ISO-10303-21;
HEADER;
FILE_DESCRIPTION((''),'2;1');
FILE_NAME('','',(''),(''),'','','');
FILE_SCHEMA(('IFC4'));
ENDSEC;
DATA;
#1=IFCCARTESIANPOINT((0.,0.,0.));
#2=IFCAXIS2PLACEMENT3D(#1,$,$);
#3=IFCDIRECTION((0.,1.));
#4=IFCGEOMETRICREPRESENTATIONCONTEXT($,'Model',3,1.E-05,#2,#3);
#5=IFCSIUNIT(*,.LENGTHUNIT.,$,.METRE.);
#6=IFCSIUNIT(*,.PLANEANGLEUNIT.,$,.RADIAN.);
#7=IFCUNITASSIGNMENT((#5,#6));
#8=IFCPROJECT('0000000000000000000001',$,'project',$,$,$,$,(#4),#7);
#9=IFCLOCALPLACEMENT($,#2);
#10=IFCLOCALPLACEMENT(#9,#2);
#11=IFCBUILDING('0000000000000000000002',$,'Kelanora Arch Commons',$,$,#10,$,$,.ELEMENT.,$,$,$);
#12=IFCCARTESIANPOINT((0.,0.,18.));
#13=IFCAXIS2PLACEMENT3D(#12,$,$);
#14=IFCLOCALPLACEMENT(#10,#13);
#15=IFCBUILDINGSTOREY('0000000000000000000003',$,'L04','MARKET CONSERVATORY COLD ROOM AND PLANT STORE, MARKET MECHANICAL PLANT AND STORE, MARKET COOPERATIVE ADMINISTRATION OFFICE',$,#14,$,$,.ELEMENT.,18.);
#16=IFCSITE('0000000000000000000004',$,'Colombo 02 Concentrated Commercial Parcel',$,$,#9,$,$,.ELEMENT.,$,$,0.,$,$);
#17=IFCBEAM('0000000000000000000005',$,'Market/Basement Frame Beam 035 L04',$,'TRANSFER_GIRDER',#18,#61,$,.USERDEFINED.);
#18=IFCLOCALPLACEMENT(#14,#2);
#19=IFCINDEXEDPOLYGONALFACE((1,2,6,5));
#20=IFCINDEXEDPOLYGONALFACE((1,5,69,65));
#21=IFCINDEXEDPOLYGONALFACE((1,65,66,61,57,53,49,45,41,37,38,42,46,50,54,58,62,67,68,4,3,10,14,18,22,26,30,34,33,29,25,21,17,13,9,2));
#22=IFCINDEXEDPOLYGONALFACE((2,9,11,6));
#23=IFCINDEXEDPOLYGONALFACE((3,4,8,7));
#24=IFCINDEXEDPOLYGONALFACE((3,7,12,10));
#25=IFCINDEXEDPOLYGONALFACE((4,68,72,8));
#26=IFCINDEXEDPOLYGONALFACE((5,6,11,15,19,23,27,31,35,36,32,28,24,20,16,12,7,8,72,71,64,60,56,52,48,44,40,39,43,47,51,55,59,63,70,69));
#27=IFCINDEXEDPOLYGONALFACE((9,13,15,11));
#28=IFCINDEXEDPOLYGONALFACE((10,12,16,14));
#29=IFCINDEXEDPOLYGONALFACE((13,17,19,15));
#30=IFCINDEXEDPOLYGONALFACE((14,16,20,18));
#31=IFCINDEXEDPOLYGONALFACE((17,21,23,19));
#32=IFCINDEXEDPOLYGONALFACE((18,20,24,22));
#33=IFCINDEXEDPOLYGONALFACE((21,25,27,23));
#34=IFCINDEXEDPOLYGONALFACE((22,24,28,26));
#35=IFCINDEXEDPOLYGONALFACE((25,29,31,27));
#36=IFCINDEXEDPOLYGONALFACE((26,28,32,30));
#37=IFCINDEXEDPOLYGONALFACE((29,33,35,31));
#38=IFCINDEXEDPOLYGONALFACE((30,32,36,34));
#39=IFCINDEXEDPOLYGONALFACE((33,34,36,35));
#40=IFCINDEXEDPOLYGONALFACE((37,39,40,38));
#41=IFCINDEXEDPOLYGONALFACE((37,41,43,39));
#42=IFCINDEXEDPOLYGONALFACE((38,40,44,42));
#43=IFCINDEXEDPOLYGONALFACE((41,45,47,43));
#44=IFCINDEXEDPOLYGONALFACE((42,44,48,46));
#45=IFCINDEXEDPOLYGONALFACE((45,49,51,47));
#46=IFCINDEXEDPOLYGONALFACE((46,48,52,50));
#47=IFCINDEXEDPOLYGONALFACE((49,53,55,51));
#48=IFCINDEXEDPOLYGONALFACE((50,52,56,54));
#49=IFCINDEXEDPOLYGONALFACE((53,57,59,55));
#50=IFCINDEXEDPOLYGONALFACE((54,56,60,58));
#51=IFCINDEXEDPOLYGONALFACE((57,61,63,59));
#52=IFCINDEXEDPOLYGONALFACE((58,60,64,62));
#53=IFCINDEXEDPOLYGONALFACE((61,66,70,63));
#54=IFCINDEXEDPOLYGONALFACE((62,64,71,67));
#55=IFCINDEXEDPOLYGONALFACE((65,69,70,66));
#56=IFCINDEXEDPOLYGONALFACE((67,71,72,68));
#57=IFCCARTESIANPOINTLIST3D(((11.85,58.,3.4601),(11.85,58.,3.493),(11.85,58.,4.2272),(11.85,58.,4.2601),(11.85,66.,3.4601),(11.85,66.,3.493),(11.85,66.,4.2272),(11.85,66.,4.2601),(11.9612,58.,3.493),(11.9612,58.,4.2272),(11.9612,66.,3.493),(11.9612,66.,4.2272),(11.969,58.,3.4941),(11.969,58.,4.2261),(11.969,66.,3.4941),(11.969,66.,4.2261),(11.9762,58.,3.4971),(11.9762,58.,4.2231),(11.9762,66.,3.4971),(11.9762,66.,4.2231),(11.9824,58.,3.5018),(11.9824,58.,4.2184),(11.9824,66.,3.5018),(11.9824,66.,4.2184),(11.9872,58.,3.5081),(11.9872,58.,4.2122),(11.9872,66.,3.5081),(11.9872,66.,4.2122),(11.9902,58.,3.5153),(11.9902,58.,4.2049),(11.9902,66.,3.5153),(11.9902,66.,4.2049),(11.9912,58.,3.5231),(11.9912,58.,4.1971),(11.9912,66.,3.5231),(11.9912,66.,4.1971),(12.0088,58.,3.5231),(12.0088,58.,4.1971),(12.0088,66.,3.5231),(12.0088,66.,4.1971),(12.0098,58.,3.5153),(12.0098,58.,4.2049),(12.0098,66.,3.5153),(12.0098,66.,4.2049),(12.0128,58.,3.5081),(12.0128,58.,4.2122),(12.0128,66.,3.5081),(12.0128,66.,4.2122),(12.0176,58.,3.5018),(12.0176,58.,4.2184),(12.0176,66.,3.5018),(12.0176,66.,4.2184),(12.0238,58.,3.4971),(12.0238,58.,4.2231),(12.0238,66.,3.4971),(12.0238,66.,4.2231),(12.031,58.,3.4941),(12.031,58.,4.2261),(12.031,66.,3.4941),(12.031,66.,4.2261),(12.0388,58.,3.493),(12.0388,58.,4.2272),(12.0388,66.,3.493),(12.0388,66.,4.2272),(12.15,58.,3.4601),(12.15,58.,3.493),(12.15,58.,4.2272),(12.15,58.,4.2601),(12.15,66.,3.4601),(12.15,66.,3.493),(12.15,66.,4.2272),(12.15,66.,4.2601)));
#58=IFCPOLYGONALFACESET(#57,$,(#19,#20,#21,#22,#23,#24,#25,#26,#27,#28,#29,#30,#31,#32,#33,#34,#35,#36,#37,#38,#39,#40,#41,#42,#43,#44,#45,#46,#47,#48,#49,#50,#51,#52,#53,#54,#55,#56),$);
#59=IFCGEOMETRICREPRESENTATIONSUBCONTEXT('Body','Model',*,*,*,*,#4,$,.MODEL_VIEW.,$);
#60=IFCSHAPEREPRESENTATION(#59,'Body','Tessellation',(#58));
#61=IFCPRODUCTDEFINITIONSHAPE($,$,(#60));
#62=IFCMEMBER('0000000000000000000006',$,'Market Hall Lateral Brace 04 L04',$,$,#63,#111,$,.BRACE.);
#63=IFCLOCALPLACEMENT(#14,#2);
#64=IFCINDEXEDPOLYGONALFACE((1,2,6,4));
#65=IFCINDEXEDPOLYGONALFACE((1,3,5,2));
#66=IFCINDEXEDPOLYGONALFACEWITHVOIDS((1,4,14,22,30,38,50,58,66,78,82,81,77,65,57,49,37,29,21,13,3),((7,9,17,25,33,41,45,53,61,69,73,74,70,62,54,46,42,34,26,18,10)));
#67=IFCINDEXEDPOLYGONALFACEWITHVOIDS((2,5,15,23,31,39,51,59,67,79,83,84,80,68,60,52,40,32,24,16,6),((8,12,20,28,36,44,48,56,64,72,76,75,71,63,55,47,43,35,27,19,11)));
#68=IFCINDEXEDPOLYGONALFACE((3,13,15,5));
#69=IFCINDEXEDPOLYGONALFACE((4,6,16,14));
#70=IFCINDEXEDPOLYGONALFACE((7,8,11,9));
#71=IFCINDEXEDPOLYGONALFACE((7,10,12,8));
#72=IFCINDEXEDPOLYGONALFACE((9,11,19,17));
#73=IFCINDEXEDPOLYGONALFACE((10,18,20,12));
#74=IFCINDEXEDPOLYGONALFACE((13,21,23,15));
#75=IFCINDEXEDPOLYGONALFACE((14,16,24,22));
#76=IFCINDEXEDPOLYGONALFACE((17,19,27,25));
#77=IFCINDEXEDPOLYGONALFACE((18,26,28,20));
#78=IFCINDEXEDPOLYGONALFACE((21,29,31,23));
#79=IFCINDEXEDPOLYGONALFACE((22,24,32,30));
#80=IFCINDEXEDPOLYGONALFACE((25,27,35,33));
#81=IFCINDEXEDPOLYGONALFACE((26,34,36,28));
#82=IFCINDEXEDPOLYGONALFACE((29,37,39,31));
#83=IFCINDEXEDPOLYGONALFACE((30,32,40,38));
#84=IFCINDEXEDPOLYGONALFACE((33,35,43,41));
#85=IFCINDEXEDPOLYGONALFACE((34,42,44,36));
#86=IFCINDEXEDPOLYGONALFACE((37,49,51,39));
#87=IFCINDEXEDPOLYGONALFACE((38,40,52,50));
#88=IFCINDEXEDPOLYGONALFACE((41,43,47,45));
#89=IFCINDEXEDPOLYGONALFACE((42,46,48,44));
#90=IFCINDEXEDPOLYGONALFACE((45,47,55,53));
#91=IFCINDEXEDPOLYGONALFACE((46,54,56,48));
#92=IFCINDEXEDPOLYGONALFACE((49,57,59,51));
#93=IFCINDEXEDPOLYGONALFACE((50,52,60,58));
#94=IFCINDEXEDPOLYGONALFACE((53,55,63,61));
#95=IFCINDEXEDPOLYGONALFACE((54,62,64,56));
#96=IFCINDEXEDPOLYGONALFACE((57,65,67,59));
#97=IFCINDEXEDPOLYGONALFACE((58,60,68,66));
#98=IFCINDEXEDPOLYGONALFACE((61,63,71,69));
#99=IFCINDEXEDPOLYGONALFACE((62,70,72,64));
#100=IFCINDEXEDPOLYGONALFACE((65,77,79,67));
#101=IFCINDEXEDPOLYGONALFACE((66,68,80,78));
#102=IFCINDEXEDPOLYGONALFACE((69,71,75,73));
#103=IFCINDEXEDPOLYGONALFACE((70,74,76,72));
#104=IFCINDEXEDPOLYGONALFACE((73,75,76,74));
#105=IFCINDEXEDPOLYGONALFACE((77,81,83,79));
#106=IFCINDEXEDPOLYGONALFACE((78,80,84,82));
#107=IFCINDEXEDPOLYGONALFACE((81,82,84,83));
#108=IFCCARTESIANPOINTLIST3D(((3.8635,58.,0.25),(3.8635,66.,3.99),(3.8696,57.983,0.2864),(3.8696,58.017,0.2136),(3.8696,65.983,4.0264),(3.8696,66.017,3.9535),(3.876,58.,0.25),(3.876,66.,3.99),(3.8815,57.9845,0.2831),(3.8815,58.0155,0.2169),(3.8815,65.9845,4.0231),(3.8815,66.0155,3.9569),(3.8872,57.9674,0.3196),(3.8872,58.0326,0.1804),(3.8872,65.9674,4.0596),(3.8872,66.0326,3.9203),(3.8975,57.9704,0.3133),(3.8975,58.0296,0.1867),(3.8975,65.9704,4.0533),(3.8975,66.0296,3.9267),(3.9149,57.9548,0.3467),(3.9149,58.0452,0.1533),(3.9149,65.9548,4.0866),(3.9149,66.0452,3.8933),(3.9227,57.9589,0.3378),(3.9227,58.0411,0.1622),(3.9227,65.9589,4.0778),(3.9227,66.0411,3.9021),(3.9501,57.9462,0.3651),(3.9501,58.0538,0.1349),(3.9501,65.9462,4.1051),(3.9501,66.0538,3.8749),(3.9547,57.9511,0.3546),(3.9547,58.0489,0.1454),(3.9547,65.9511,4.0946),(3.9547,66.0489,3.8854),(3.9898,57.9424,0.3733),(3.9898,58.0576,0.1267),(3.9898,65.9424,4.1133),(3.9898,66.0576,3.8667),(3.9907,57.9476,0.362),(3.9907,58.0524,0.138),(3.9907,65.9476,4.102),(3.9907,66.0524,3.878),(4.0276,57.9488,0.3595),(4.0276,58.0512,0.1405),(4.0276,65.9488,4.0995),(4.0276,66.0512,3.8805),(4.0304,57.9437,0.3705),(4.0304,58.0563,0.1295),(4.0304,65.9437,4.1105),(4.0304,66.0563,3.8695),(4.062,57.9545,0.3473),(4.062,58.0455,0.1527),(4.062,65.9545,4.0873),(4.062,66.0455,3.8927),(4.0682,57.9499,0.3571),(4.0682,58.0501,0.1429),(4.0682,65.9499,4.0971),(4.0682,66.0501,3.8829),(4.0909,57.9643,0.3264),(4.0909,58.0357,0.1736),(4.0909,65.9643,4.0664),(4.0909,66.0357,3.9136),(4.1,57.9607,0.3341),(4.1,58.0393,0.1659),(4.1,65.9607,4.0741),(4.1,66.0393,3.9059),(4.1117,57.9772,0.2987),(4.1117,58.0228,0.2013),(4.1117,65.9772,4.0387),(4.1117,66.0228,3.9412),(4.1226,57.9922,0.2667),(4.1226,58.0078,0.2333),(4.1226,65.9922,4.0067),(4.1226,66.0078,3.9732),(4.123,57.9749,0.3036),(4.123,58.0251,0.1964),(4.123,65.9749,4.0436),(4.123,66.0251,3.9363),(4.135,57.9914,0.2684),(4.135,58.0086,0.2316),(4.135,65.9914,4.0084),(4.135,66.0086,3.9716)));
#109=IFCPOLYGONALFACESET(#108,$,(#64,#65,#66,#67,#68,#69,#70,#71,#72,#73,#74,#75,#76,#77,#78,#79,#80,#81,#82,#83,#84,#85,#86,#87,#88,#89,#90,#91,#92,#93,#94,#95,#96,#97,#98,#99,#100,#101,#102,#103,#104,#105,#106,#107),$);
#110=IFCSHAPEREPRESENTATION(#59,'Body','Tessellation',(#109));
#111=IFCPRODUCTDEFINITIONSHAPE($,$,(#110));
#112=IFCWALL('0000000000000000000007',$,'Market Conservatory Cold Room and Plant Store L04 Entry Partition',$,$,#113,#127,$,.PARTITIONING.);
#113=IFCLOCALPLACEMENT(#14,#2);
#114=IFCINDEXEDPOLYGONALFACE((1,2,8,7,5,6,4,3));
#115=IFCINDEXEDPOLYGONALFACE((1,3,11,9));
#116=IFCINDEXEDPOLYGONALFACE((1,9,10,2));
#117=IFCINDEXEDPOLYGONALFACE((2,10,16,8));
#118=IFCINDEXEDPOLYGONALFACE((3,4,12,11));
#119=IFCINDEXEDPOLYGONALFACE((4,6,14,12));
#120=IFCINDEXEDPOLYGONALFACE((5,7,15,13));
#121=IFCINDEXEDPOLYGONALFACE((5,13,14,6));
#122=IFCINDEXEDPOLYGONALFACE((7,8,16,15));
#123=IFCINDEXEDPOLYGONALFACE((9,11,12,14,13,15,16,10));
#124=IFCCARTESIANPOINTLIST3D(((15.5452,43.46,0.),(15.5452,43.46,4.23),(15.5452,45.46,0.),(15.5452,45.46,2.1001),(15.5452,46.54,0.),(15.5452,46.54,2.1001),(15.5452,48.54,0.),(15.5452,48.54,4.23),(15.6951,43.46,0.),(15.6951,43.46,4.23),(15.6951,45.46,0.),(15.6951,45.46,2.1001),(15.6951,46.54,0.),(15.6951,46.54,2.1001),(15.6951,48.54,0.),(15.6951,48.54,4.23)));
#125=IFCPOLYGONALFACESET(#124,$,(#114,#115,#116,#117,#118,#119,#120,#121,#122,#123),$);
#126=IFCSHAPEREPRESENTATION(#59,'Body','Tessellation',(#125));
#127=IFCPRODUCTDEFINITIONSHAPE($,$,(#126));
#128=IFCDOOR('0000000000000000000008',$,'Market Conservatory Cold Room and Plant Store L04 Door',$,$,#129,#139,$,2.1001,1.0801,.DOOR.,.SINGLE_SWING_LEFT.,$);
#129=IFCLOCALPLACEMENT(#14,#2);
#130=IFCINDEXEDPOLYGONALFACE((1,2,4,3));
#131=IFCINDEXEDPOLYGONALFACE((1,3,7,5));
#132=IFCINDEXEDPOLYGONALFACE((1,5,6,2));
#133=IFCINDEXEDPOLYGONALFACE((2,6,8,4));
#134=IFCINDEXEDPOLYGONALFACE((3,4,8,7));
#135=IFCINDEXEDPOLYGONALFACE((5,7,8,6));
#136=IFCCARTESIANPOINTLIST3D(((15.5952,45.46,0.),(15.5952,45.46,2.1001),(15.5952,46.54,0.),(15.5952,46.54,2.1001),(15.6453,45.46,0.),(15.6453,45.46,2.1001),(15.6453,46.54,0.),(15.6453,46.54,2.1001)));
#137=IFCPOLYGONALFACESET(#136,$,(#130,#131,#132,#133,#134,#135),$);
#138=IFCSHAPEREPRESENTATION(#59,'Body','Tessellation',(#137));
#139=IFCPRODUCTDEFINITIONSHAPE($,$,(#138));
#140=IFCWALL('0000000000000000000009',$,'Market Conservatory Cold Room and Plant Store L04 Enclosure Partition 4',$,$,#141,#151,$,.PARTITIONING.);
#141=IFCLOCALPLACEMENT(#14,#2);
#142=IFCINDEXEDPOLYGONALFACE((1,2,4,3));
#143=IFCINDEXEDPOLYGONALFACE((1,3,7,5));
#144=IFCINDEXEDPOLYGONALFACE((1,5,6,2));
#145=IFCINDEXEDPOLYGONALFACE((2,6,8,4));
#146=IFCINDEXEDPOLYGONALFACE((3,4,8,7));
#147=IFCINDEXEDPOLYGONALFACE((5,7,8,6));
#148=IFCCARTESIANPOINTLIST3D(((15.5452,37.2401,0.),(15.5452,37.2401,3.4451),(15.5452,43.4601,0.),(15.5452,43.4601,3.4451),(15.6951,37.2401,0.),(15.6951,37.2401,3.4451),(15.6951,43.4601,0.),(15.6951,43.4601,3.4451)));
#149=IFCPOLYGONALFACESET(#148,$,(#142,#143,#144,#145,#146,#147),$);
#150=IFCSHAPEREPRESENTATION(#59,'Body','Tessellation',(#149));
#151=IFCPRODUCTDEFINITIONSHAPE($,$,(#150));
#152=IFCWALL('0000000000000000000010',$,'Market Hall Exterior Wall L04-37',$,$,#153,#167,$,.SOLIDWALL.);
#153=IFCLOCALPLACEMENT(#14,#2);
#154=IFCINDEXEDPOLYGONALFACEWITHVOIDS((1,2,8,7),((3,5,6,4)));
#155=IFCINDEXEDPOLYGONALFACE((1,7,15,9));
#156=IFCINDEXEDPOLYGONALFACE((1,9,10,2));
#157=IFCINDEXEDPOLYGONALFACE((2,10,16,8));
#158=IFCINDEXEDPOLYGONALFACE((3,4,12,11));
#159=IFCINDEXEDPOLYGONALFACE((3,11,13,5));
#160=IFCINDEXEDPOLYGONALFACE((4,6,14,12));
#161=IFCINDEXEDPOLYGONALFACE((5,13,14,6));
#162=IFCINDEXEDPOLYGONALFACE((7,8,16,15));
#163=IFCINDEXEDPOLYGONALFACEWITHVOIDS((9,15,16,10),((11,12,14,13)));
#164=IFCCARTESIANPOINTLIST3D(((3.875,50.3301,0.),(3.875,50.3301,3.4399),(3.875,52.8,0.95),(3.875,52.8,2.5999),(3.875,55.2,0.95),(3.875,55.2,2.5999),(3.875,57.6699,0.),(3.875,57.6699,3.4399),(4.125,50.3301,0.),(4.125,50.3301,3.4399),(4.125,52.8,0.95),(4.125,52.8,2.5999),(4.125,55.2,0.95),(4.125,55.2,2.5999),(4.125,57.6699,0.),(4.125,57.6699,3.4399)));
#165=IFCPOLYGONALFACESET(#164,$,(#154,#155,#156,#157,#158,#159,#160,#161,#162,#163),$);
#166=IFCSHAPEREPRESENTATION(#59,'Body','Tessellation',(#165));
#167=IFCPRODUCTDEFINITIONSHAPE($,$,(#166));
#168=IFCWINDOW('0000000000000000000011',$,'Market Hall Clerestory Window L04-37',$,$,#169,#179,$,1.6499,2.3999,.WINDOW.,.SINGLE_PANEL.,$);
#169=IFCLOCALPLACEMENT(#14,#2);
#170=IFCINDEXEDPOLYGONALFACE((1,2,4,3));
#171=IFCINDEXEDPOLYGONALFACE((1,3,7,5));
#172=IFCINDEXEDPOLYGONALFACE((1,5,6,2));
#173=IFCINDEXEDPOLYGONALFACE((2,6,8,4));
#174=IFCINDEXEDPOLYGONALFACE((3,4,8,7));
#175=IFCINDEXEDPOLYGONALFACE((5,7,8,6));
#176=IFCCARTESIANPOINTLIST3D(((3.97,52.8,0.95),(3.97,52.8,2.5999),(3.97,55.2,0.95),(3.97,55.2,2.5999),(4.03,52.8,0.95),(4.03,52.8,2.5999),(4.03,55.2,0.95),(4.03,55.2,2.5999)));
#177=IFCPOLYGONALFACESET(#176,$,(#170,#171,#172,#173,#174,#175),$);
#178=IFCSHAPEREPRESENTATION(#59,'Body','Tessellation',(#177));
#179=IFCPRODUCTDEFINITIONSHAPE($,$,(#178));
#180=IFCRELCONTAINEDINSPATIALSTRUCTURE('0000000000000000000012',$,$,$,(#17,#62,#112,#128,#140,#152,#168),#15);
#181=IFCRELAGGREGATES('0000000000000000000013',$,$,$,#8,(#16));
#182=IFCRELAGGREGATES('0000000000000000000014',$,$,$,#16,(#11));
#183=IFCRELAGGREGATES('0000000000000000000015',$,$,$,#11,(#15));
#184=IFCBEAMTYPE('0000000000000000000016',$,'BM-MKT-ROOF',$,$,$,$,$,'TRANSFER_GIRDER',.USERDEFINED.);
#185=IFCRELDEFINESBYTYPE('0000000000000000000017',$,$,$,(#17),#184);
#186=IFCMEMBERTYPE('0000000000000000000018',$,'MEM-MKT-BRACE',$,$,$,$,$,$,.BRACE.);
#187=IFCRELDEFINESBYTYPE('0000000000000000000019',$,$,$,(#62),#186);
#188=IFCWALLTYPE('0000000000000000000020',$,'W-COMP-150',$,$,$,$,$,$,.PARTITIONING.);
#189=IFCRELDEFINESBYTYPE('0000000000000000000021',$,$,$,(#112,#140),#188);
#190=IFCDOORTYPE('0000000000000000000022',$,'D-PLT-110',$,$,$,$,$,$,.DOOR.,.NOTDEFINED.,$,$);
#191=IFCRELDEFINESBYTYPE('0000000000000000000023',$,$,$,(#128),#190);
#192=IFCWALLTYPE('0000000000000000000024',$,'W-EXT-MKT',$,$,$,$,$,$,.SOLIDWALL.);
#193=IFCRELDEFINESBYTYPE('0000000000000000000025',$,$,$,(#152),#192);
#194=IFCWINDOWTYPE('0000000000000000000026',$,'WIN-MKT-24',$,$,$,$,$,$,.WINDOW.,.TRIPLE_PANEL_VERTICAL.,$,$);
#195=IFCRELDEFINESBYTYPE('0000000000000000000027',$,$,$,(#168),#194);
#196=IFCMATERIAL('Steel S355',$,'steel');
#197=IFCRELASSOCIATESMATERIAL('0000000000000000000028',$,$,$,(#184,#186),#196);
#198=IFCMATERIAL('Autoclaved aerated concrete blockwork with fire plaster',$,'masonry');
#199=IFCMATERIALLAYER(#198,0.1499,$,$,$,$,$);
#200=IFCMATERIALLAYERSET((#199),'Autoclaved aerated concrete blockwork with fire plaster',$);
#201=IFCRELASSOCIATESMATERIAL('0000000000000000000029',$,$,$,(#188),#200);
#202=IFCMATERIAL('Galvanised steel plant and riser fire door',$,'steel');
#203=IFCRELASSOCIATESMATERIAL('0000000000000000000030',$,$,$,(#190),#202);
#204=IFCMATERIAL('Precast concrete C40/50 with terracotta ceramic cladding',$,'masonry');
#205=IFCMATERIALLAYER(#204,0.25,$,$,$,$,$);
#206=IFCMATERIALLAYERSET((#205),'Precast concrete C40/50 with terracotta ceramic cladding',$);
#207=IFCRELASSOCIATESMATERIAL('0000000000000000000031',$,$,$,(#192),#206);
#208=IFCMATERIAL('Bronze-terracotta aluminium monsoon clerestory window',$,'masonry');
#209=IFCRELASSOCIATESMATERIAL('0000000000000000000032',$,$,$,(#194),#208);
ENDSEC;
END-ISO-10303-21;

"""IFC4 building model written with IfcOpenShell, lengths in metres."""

from ifc_helpers import new_model, si_unit, direction, frame, frame_2d, origin, origin_2d, place, context, subcontext, project, spatial, rectangle, hollow_circle, i_section, extrude, material, layer, layer_set, material_profile, profile_set, type_object, element, fill, save


model = new_model("IFC4")

# Units and contexts
model_context = context("Model", 3, precision=1e-05, world=origin(), true_north=direction((0.0, 1.0)))
body_context = subcontext(model_context, "Body", "Model", "MODEL_VIEW")
ifc_project = project(units=[si_unit("LENGTHUNIT", "METRE"), si_unit("PLANEANGLEUNIT", "RADIAN")], contexts=[model_context])

# Site, building, storey
site_placement = place(None, origin())
site = spatial("IfcSite", under=ifc_project, at=site_placement, Name="Colombo 02 Concentrated Commercial Parcel", CompositionType="ELEMENT", RefElevation=0.0)
building_placement = place(site_placement, origin())
building = spatial("IfcBuilding", under=site, at=building_placement, Name="Kelanora Arch Commons", CompositionType="ELEMENT")
storey_placement = place(building_placement, frame((0.0, 0.0, 18.0)))
storey = spatial("IfcBuildingStorey", under=building, at=storey_placement, Name="L04", Description="MARKET CONSERVATORY COLD ROOM AND PLANT STORE, MARKET MECHANICAL PLANT AND STORE, MARKET COOPERATIVE ADMINISTRATION OFFICE", CompositionType="ELEMENT", Elevation=18.0)

# Beam
ifc_material_1 = material(Name="Steel S355", Category="steel")
ifc_material_profile_1 = material_profile(ifc_material_1, i_section(OverallWidth=0.3, OverallDepth=0.8, WebThickness=0.0176, FlangeThickness=0.033, FilletRadius=0.03, at=origin_2d()), Name="HEB800")
ifc_profile_set_1 = profile_set([ifc_material_profile_1], Name="Steel S355")
beam_type = type_object("IfcBeamType", Name="BM-MKT-ROOF", ElementType="TRANSFER_GIRDER", PredefinedType="USERDEFINED", material=ifc_profile_set_1)
for number, where, z_axis, x_axis, name in (
    (1, (12.0, 58.0, 3.8601), (0.0, 1.0, 0.0), (-1.0, 0.0, 0.0), "Market/Basement Frame Beam 035 L04"),
):
    element("IfcBeam", number, at=place(storey_placement, frame(where, z_axis=z_axis, x_axis=x_axis)), inside=storey, type_object=beam_type, Name=name, ObjectType="TRANSFER_GIRDER", PredefinedType="USERDEFINED", context=body_context, shape_type="SweptSolid", body=[
        extrude(i_section(OverallWidth=0.3, OverallDepth=0.8, WebThickness=0.0176, FlangeThickness=0.033, FilletRadius=0.03, at=origin_2d()), origin(), (0.0, 0.0, 1.0), 8.0),
    ])

# Member
ifc_material_profile_2 = material_profile(ifc_material_1, hollow_circle(Radius=0.1365, WallThickness=0.0125, at=origin_2d()), Name="CHS273x12.5")
ifc_profile_set_2 = profile_set([ifc_material_profile_2], Name="Steel S355")
member_type = type_object("IfcMemberType", Name="MEM-MKT-BRACE", PredefinedType="BRACE", material=ifc_profile_set_2)
member_placement = place(storey_placement, frame((4.0, 58.0, 0.25), z_axis=(0.0, 0.905894, 0.423504), x_axis=(-1.0, 0.0, 0.0)))
element("IfcMember", 2, at=member_placement, inside=storey, type_object=member_type, Name="Market Hall Lateral Brace 04 L04", PredefinedType="BRACE", context=body_context, shape_type="SweptSolid", body=[
    extrude(hollow_circle(Radius=0.1365, WallThickness=0.0125, at=origin_2d()), origin(), (0.0, 0.0, 1.0), 8.8311),
])

# Wall, opening, door
ifc_material_2 = material(Name="Autoclaved aerated concrete blockwork with fire plaster", Category="masonry")
ifc_layer_1 = layer(ifc_material_2, 0.1499)
ifc_layer_set_1 = layer_set([ifc_layer_1], Name="Autoclaved aerated concrete blockwork with fire plaster")
wall_type_1 = type_object("IfcWallType", Name="W-COMP-150", PredefinedType="PARTITIONING", material=ifc_layer_set_1)
wall_1_placement = place(storey_placement, frame((15.6201, 43.46, 0.0), z_axis=(0.0, 0.0, 1.0), x_axis=(0.0, 1.0, 0.0)))
wall_1 = element("IfcWall", 3, at=wall_1_placement, inside=storey, type_object=wall_type_1, Name="Market Conservatory Cold Room and Plant Store L04 Entry Partition", PredefinedType="PARTITIONING", context=body_context, shape_type="SweptSolid", body=[
    extrude(rectangle(XDim=5.0801, YDim=0.1499, at=frame_2d((2.54, 0.0))), origin(), (0.0, 0.0, 1.0), 4.23),
])
opening_1_placement = place(wall_1_placement, frame((2.0, 0.0, 0.0)))
opening_1 = element("IfcOpeningElement", 4, at=opening_1_placement, cuts=wall_1, PredefinedType="OPENING", context=body_context, shape_type="SweptSolid", body=[
    extrude(rectangle(XDim=1.0801, YDim=2.1001, at=frame_2d((0.54, 1.05))), frame((0.0, 0.085, 0.0), z_axis=(0.0, -1.0, 0.0), x_axis=(1.0, 0.0, 0.0)), (0.0, 0.0, 1.0), 0.1699),
])
ifc_material_3 = material(Name="Galvanised steel plant and riser fire door", Category="steel")
door_type = type_object("IfcDoorType", Name="D-PLT-110", OperationType="NOTDEFINED", PredefinedType="DOOR", material=ifc_material_3)
door_placement = place(opening_1_placement, origin())
door = element("IfcDoor", 5, at=door_placement, inside=storey, type_object=door_type, Name="Market Conservatory Cold Room and Plant Store L04 Door", OperationType="SINGLE_SWING_LEFT", OverallHeight=2.1001, OverallWidth=1.0801, PredefinedType="DOOR", context=body_context, shape_type="SweptSolid", body=[
    extrude(rectangle(XDim=1.0801, YDim=2.1001, at=frame_2d((0.54, 1.05))), frame((0.0, 0.0249, 0.0), z_axis=(0.0, -1.0, 0.0), x_axis=(1.0, 0.0, 0.0)), (0.0, 0.0, 1.0), 0.05),
])
fill(opening_1, door)

# Wall
wall_2_placement = place(storey_placement, frame((15.6201, 43.46, 0.0), z_axis=(0.0, 0.0, 1.0), x_axis=(0.0, -1.0, 0.0)))
element("IfcWall", 6, at=wall_2_placement, inside=storey, type_object=wall_type_1, Name="Market Conservatory Cold Room and Plant Store L04 Enclosure Partition 4", PredefinedType="PARTITIONING", context=body_context, shape_type="SweptSolid", body=[
    extrude(rectangle(XDim=6.22, YDim=0.1499, at=frame_2d((3.1099, 0.0))), origin(), (0.0, 0.0, 1.0), 3.4451),
])

# Wall, opening, window
ifc_material_4 = material(Name="Precast concrete C40/50 with terracotta ceramic cladding", Category="masonry")
ifc_layer_2 = layer(ifc_material_4, 0.25)
ifc_layer_set_2 = layer_set([ifc_layer_2], Name="Precast concrete C40/50 with terracotta ceramic cladding")
wall_type_2 = type_object("IfcWallType", Name="W-EXT-MKT", PredefinedType="SOLIDWALL", material=ifc_layer_set_2)
wall_3_placement = place(storey_placement, frame((4.0, 57.6699, 0.0), z_axis=(0.0, 0.0, 1.0), x_axis=(0.0, -1.0, 0.0)))
wall_3 = element("IfcWall", 7, at=wall_3_placement, inside=storey, type_object=wall_type_2, Name="Market Hall Exterior Wall L04-37", PredefinedType="SOLIDWALL", context=body_context, shape_type="SweptSolid", body=[
    extrude(rectangle(XDim=7.3398, YDim=0.25, at=frame_2d((3.6699, 0.0))), origin(), (0.0, 0.0, 1.0), 3.4399),
])
opening_2_placement = place(wall_3_placement, frame((2.47, 0.0, 0.95)))
opening_2 = element("IfcOpeningElement", 8, at=opening_2_placement, cuts=wall_3, PredefinedType="OPENING", context=body_context, shape_type="SweptSolid", body=[
    extrude(rectangle(XDim=2.3999, YDim=1.6499, at=frame_2d((1.2, 0.825))), frame((0.0, 0.135, 0.0), z_axis=(0.0, -1.0, 0.0), x_axis=(1.0, 0.0, 0.0)), (0.0, 0.0, 1.0), 0.27),
])
ifc_material_5 = material(Name="Bronze-terracotta aluminium monsoon clerestory window", Category="masonry")
window_type = type_object("IfcWindowType", Name="WIN-MKT-24", PartitioningType="TRIPLE_PANEL_VERTICAL", PredefinedType="WINDOW", material=ifc_material_5)
window_1_placement = place(opening_2_placement, origin())
window_1 = element("IfcWindow", 9, at=window_1_placement, inside=storey, type_object=window_type, Name="Market Hall Clerestory Window L04-37", OverallHeight=1.6499, OverallWidth=2.3999, PartitioningType="SINGLE_PANEL", PredefinedType="WINDOW", context=body_context, shape_type="SweptSolid", body=[
    extrude(rectangle(XDim=2.3999, YDim=1.6499, at=frame_2d((1.2, 0.825))), frame((0.0, 0.03, 0.0), z_axis=(0.0, -1.0, 0.0), x_axis=(1.0, 0.0, 0.0)), (0.0, 0.0, 1.0), 0.0601),
])
fill(opening_2, window_1)

save(model, "model.ifc")
